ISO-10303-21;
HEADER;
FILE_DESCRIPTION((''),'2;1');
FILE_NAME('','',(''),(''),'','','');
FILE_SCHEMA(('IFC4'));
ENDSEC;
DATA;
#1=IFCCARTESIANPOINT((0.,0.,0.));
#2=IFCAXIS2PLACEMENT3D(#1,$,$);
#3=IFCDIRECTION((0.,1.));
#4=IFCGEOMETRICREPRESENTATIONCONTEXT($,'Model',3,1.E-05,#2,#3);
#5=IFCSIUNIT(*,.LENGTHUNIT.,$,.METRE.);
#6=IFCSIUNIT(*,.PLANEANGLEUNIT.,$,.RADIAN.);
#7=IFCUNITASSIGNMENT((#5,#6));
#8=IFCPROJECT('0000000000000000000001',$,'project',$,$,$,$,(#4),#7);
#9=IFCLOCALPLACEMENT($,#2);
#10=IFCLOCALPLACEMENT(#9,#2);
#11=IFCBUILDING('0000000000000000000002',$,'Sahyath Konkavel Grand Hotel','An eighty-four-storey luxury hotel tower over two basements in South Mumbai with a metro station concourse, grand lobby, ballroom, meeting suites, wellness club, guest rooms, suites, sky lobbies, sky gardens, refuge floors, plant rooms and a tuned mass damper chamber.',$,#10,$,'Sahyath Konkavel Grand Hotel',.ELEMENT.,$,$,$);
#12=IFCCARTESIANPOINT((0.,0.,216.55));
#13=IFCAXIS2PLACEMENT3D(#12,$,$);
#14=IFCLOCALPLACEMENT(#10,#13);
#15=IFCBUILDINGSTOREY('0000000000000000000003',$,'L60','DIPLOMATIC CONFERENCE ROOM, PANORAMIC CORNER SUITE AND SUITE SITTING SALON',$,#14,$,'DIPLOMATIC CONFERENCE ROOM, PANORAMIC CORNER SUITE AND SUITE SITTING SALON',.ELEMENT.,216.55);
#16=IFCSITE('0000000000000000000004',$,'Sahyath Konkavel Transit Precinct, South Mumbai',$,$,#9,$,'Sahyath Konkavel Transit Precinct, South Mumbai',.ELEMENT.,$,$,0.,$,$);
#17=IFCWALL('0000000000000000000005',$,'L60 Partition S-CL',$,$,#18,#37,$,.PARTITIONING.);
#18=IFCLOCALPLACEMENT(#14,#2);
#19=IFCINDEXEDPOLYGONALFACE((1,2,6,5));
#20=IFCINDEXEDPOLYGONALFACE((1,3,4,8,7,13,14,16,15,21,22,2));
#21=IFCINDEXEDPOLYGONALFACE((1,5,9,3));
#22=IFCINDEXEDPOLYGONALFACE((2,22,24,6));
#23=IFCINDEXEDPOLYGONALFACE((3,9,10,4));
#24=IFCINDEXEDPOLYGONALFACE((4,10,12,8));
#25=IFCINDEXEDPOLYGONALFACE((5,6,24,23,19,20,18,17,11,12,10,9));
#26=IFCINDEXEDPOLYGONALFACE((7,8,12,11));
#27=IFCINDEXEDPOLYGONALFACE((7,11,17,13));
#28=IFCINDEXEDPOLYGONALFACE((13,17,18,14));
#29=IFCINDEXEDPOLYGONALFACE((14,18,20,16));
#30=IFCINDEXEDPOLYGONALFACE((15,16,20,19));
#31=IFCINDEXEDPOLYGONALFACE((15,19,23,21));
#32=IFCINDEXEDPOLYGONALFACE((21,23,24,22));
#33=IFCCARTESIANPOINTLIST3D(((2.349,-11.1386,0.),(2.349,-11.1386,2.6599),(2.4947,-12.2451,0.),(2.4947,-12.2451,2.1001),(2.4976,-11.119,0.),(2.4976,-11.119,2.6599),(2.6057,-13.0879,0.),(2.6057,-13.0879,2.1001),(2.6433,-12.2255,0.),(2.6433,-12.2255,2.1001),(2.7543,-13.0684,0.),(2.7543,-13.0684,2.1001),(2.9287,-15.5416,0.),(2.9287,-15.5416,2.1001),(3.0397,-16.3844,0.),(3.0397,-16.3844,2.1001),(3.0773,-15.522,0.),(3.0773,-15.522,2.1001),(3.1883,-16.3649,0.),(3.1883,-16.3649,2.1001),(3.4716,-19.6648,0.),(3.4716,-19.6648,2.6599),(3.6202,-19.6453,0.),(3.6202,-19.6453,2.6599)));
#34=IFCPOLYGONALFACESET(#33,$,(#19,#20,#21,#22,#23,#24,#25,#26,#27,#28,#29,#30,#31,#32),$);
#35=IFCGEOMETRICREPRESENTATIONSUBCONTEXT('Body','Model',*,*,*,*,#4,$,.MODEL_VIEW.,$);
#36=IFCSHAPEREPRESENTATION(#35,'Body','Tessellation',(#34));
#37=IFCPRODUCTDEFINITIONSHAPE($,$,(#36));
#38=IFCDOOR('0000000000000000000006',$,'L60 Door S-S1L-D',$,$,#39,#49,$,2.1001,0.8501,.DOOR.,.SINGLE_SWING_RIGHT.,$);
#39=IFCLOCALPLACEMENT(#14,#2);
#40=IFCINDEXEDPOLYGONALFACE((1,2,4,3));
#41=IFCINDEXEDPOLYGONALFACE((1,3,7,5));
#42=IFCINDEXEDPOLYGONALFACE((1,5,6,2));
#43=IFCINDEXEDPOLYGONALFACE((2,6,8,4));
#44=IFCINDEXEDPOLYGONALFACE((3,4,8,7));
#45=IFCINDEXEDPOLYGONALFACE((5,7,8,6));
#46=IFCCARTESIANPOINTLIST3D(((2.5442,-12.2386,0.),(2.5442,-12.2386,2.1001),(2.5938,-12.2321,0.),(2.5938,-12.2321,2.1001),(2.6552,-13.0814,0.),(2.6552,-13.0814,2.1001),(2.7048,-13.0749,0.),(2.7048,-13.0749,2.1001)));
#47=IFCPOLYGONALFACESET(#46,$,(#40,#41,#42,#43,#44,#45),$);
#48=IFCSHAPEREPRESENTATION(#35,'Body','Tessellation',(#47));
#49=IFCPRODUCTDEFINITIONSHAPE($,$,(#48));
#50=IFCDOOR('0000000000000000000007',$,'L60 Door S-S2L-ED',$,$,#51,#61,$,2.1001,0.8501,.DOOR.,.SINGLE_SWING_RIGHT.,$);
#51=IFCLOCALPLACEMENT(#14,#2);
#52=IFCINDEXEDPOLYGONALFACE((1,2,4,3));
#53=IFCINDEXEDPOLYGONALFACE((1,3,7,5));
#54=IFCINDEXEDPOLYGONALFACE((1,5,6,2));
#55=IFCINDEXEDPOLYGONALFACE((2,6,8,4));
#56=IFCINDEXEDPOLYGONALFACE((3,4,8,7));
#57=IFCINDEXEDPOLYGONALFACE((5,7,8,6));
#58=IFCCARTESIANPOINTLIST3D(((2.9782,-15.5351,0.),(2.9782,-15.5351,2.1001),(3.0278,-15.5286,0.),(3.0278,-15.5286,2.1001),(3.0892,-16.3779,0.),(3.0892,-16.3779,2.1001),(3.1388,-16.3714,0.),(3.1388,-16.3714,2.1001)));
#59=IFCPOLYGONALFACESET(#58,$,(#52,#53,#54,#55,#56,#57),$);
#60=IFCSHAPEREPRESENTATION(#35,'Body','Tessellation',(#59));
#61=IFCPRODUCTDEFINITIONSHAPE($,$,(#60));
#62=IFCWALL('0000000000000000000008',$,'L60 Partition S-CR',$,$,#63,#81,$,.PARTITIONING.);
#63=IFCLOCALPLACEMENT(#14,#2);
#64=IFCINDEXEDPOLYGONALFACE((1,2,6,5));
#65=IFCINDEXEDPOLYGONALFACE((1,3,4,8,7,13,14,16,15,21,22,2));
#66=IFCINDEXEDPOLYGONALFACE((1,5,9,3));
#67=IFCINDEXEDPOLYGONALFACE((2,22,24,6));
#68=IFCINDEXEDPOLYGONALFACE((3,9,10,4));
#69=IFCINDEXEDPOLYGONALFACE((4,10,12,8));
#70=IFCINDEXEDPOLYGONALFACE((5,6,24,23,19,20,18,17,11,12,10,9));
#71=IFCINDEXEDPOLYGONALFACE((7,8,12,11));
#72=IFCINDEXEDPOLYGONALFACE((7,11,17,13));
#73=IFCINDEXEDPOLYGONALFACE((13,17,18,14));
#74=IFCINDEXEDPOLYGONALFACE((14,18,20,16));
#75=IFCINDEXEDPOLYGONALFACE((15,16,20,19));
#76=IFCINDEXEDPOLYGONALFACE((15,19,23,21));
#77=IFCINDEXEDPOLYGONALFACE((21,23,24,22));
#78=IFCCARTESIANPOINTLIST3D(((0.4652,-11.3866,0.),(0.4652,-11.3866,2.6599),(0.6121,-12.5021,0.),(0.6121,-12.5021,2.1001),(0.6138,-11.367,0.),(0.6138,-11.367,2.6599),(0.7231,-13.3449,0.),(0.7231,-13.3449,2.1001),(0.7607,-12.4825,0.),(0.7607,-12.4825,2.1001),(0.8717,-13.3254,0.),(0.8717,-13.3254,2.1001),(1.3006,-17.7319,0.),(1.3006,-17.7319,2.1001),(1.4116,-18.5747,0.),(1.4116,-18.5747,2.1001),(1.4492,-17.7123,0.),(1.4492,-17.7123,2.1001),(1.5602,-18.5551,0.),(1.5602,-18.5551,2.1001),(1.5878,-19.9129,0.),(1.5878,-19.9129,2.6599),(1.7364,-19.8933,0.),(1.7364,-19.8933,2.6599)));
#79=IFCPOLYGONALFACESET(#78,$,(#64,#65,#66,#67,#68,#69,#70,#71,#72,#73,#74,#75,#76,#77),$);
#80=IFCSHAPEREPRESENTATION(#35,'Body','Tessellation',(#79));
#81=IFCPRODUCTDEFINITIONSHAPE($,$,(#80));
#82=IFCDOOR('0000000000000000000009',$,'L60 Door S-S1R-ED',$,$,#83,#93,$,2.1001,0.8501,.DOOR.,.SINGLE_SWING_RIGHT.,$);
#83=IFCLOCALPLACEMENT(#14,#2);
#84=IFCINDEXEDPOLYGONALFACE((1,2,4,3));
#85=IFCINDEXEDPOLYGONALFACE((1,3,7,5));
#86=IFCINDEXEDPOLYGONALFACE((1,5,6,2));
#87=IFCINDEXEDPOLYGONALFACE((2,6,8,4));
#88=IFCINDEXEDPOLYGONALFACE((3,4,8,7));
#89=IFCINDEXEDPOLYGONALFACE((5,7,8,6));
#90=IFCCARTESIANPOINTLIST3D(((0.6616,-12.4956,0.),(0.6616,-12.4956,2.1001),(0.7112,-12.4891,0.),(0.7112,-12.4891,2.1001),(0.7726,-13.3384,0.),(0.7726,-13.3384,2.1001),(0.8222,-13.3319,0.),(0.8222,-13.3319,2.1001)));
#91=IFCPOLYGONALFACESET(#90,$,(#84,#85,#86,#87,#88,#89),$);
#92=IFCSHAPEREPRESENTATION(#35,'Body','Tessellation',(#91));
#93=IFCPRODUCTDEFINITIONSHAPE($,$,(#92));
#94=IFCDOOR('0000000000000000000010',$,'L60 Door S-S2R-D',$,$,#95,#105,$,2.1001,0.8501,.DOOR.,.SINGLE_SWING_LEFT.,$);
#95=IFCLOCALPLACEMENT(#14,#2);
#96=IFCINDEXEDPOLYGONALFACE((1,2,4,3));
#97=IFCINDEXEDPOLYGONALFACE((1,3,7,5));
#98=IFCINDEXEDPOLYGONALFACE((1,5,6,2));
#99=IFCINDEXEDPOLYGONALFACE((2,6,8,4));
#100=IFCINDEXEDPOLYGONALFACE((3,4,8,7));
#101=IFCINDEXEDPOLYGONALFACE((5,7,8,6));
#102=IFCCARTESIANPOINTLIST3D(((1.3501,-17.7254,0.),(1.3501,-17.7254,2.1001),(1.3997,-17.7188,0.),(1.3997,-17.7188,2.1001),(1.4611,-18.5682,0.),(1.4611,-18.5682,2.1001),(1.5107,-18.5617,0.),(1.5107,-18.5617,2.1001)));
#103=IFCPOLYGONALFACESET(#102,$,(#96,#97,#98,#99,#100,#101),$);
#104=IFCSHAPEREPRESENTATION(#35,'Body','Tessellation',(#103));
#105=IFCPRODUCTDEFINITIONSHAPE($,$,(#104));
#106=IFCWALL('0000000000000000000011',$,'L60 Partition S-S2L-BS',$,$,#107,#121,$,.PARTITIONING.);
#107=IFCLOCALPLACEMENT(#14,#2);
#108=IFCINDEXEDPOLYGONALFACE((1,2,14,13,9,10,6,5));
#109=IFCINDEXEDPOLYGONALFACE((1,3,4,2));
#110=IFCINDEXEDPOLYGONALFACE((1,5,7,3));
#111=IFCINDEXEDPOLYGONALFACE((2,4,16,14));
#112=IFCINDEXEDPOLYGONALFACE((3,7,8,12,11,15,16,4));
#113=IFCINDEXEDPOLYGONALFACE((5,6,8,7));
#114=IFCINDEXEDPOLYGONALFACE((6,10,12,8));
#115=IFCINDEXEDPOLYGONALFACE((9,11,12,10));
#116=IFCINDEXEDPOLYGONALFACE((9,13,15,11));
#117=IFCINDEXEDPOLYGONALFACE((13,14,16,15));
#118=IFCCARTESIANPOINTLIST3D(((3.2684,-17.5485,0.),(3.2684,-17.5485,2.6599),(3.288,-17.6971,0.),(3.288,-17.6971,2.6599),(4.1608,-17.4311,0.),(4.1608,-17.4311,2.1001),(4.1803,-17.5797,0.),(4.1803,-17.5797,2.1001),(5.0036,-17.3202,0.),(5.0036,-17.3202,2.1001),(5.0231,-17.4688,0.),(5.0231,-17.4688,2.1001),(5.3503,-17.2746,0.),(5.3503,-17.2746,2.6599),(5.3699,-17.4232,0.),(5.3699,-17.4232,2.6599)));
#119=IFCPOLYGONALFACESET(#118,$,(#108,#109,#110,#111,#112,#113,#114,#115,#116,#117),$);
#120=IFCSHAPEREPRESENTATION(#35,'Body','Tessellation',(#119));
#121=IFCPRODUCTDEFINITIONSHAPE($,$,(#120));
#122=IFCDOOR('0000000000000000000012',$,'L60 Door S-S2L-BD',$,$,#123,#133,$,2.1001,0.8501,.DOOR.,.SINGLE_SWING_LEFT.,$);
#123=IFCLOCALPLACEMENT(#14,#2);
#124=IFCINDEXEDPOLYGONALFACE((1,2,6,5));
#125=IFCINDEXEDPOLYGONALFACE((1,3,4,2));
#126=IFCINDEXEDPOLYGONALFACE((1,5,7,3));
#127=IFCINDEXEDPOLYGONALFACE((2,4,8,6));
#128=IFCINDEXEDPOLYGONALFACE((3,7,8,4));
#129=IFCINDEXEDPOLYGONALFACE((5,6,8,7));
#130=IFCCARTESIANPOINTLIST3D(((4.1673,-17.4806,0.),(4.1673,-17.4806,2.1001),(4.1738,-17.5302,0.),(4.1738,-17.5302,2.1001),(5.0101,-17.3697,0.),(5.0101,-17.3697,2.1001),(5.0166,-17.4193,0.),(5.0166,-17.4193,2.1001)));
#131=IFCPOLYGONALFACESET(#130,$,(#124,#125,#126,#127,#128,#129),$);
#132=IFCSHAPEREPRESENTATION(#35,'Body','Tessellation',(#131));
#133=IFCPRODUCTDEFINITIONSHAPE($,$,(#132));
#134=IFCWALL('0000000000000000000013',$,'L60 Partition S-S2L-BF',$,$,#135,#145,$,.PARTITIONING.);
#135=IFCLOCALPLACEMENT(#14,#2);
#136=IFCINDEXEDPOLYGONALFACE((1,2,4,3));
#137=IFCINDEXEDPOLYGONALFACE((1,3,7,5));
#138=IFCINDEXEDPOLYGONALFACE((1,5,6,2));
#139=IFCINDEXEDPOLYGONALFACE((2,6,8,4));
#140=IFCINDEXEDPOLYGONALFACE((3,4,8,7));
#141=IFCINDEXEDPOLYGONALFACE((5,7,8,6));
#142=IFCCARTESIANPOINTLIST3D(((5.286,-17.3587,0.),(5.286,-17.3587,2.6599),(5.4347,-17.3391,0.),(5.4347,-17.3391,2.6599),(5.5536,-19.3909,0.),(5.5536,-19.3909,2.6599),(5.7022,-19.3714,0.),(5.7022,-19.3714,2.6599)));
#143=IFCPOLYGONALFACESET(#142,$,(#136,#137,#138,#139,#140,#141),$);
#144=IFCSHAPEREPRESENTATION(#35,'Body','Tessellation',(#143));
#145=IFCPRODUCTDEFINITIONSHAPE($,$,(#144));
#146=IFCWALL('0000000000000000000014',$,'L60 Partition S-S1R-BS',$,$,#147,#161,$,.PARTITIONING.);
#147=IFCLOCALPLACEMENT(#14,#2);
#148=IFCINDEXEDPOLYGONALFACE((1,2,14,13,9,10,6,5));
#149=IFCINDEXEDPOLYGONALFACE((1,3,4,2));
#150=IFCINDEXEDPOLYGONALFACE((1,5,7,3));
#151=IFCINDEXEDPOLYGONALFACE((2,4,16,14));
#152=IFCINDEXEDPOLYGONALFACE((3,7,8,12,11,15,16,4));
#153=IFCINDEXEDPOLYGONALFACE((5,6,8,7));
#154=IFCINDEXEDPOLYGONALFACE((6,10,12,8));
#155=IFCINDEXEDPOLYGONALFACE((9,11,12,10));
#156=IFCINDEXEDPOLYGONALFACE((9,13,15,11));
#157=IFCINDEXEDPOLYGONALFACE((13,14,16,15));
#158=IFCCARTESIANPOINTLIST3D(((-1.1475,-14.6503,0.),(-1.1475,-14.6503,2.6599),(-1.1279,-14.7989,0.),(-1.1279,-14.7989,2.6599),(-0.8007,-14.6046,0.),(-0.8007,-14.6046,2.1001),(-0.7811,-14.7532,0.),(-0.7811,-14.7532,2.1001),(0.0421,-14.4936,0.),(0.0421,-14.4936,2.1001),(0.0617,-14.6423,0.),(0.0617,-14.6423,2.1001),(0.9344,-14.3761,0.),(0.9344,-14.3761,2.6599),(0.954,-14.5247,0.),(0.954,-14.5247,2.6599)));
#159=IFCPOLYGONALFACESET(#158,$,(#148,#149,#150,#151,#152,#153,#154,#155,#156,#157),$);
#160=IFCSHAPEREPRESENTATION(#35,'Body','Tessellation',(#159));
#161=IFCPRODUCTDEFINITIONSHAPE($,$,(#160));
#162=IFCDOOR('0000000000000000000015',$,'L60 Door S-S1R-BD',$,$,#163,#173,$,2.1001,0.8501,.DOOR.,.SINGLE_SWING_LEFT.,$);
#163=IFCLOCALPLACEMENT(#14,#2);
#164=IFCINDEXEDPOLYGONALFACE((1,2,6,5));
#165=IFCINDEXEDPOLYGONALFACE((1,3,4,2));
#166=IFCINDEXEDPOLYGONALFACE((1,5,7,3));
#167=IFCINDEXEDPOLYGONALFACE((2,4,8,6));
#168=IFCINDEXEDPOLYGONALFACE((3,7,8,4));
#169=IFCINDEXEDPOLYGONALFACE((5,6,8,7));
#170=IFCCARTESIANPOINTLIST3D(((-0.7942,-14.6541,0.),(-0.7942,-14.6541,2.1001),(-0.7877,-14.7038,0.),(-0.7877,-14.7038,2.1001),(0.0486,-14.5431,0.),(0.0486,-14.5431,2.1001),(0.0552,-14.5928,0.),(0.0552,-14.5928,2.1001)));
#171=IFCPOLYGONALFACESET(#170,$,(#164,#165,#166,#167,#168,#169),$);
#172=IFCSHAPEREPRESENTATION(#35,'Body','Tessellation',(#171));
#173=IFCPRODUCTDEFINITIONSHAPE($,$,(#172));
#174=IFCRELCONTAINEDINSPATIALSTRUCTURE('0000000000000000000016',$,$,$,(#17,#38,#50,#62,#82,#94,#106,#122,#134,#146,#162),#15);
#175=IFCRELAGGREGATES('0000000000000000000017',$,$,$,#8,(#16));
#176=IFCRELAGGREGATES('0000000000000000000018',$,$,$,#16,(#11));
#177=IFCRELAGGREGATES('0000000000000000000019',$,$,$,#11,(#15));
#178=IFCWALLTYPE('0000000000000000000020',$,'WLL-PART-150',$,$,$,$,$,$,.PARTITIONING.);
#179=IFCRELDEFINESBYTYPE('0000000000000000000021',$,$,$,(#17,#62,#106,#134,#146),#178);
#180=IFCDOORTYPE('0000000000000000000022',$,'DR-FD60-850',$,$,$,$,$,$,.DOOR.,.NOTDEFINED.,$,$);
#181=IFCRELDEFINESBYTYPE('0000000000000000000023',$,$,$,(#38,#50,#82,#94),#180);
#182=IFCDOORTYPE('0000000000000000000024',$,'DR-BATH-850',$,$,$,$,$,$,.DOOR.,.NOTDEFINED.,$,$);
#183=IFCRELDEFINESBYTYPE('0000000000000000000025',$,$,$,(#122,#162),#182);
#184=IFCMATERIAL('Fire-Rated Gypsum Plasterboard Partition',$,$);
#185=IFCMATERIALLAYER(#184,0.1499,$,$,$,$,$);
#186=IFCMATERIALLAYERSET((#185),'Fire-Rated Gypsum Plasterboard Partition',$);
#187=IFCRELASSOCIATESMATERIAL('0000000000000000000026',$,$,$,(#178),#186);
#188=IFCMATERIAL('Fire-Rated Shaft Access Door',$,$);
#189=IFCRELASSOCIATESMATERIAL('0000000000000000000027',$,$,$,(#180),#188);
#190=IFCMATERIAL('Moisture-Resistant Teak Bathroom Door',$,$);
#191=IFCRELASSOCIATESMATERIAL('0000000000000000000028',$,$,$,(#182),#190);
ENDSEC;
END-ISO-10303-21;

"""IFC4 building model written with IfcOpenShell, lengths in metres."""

from ifc_helpers import new_model, si_unit, direction, frame, frame_2d, origin, origin_2d, place, context, subcontext, project, spatial, rectangle, extrude, source, transform, mapped, material, layer, layer_set, type_object, element, fill, save


model = new_model("IFC4")

# Units and contexts
model_context = context("Model", 3, precision=1e-05, world=origin(), true_north=direction((0.0, 1.0)))
body_context = subcontext(model_context, "Body", "Model", "MODEL_VIEW")
ifc_project = project(units=[si_unit("LENGTHUNIT", "METRE"), si_unit("PLANEANGLEUNIT", "RADIAN")], contexts=[model_context])

# Site, building, storey
site_placement = place(None, origin())
site = spatial("IfcSite", under=ifc_project, at=site_placement, Name="Sahyath Konkavel Transit Precinct, South Mumbai", LongName="Sahyath Konkavel Transit Precinct, South Mumbai", CompositionType="ELEMENT", RefElevation=0.0)
building_placement = place(site_placement, origin())
building = spatial("IfcBuilding", under=site, at=building_placement, Name="Sahyath Konkavel Grand Hotel", Description="An eighty-four-storey luxury hotel tower over two basements in South Mumbai with a metro station concourse, grand lobby, ballroom, meeting suites, wellness club, guest rooms, suites, sky lobbies, sky gardens, refuge floors, plant rooms and a tuned mass damper chamber.", LongName="Sahyath Konkavel Grand Hotel", CompositionType="ELEMENT")
storey_placement = place(building_placement, frame((0.0, 0.0, 216.55)))
storey = spatial("IfcBuildingStorey", under=building, at=storey_placement, Name="L60", Description="DIPLOMATIC CONFERENCE ROOM, PANORAMIC CORNER SUITE AND SUITE SITTING SALON", LongName="DIPLOMATIC CONFERENCE ROOM, PANORAMIC CORNER SUITE AND SUITE SITTING SALON", CompositionType="ELEMENT", Elevation=216.55)

# Walls, openings, doors
ifc_material_1 = material(Name="Fire-Rated Gypsum Plasterboard Partition")
ifc_layer_1 = layer(ifc_material_1, 0.1499)
ifc_layer_set_1 = layer_set([ifc_layer_1], Name="Fire-Rated Gypsum Plasterboard Partition")
wall_type_1 = type_object("IfcWallType", Name="WLL-PART-150", PredefinedType="PARTITIONING", material=ifc_layer_set_1)
wall_1_placement = place(storey_placement, frame((2.4233, -11.1289, 0.0), z_axis=(0.0, 0.0, 1.0), x_axis=(0.130531, -0.991444, 0.0)))
wall_1 = element("IfcWall", 1, at=wall_1_placement, inside=storey, type_object=wall_type_1, Name="L60 Partition S-CL", PredefinedType="PARTITIONING", context=body_context, shape_type="SweptSolid", body=[
    extrude(rectangle(XDim=8.5999, YDim=0.1499, at=frame_2d((4.2998, 0.0))), origin(), (0.0, 0.0, 1.0), 2.6599),
])
opening_1_placement = place(wall_1_placement, frame((1.116, 0.0, 0.0)))
opening_1 = element("IfcOpeningElement", 2, at=opening_1_placement, cuts=wall_1, PredefinedType="OPENING", context=body_context, shape_type="SweptSolid", body=[
    extrude(rectangle(XDim=0.8501, YDim=2.1001, at=frame_2d((0.425, 1.05))), frame((0.0, 0.085, 0.0), z_axis=(0.0, -1.0, 0.0), x_axis=(1.0, 0.0, 0.0)), (0.0, 0.0, 1.0), 0.1699),
])
opening_2_placement = place(wall_1_placement, frame((4.4409, 0.0, 0.0)))
opening_2 = element("IfcOpeningElement", 3, at=opening_2_placement, cuts=wall_1, PredefinedType="OPENING", context=body_context, shape_type="SweptSolid", body=[
    extrude(rectangle(XDim=0.8501, YDim=2.1001, at=frame_2d((0.425, 1.05))), frame((0.0, 0.085, 0.0), z_axis=(0.0, -1.0, 0.0), x_axis=(1.0, 0.0, 0.0)), (0.0, 0.0, 1.0), 0.1699),
])
ifc_material_2 = material(Name="Fire-Rated Shaft Access Door")
door_type_1 = type_object("IfcDoorType", Name="DR-FD60-850", OperationType="NOTDEFINED", PredefinedType="DOOR", material=ifc_material_2)
shared_shape_1 = source(origin(), body_context, "Body", "SweptSolid", [
    extrude(rectangle(XDim=0.8501, YDim=0.05, at=origin_2d()), origin(), (0.0, 0.0, 1.0), 2.1001),
])
door_1_placement = place(opening_1_placement, frame((0.425, 0.0, 0.0)))
door_1 = element("IfcDoor", 4, at=door_1_placement, inside=storey, type_object=door_type_1, Name="L60 Door S-S1L-D", OperationType="SINGLE_SWING_RIGHT", OverallHeight=2.1001, OverallWidth=0.8501, PredefinedType="DOOR", context=body_context, shape_type="MappedRepresentation", body=[
    mapped(shared_shape_1, transform((0.0, 0.0, 0.0), scale=1.0)),
])
fill(opening_1, door_1)
door_2_placement = place(opening_2_placement, frame((0.425, 0.0, 0.0)))
door_2 = element("IfcDoor", 5, at=door_2_placement, inside=storey, type_object=door_type_1, Name="L60 Door S-S2L-ED", OperationType="SINGLE_SWING_RIGHT", OverallHeight=2.1001, OverallWidth=0.8501, PredefinedType="DOOR", context=body_context, shape_type="MappedRepresentation", body=[
    mapped(shared_shape_1, transform((0.0, 0.0, 0.0), scale=1.0)),
])
fill(opening_2, door_2)
wall_2_placement = place(storey_placement, frame((0.5396, -11.377, 0.0), z_axis=(0.0, 0.0, 1.0), x_axis=(0.130531, -0.991444, 0.0)))
wall_2 = element("IfcWall", 6, at=wall_2_placement, inside=storey, type_object=wall_type_1, Name="L60 Partition S-CR", PredefinedType="PARTITIONING", context=body_context, shape_type="SweptSolid", body=[
    extrude(rectangle(XDim=8.5999, YDim=0.1499, at=frame_2d((4.2998, 0.0))), origin(), (0.0, 0.0, 1.0), 2.6599),
])
opening_3_placement = place(wall_2_placement, frame((1.125, 0.0, 0.0)))
opening_3 = element("IfcOpeningElement", 7, at=opening_3_placement, cuts=wall_2, PredefinedType="OPENING", context=body_context, shape_type="SweptSolid", body=[
    extrude(rectangle(XDim=0.8501, YDim=2.1001, at=frame_2d((0.425, 1.05))), frame((0.0, 0.085, 0.0), z_axis=(0.0, -1.0, 0.0), x_axis=(1.0, 0.0, 0.0)), (0.0, 0.0, 1.0), 0.1699),
])
opening_4_placement = place(wall_2_placement, frame((6.3999, 0.0, 0.0)))
opening_4 = element("IfcOpeningElement", 8, at=opening_4_placement, cuts=wall_2, PredefinedType="OPENING", context=body_context, shape_type="SweptSolid", body=[
    extrude(rectangle(XDim=0.8501, YDim=2.1001, at=frame_2d((0.425, 1.05))), frame((0.0, 0.085, 0.0), z_axis=(0.0, -1.0, 0.0), x_axis=(1.0, 0.0, 0.0)), (0.0, 0.0, 1.0), 0.1699),
])
door_3_placement = place(opening_3_placement, frame((0.425, 0.0, 0.0)))
door_3 = element("IfcDoor", 9, at=door_3_placement, inside=storey, type_object=door_type_1, Name="L60 Door S-S1R-ED", OperationType="SINGLE_SWING_RIGHT", OverallHeight=2.1001, OverallWidth=0.8501, PredefinedType="DOOR", context=body_context, shape_type="MappedRepresentation", body=[
    mapped(shared_shape_1, transform((0.0, 0.0, 0.0), scale=1.0)),
])
fill(opening_3, door_3)
door_4_placement = place(opening_4_placement, frame((0.425, 0.0, 0.0)))
door_4 = element("IfcDoor", 10, at=door_4_placement, inside=storey, type_object=door_type_1, Name="L60 Door S-S2R-D", OperationType="SINGLE_SWING_LEFT", OverallHeight=2.1001, OverallWidth=0.8501, PredefinedType="DOOR", context=body_context, shape_type="MappedRepresentation", body=[
    mapped(shared_shape_1, transform((0.0, 0.0, 0.0), scale=1.0)),
])
fill(opening_4, door_4)

# Wall, opening, door
wall_3_placement = place(storey_placement, frame((3.2783, -17.6228, 0.0), z_axis=(0.0, 0.0, 1.0), x_axis=(0.991456, 0.130442, 0.0)))
wall_3 = element("IfcWall", 11, at=wall_3_placement, inside=storey, type_object=wall_type_1, Name="L60 Partition S-S2L-BS", PredefinedType="PARTITIONING", context=body_context, shape_type="SweptSolid", body=[
    extrude(rectangle(XDim=2.0999, YDim=0.1499, at=frame_2d((1.0498, 0.0))), origin(), (0.0, 0.0, 1.0), 2.6599),
])
opening_5_placement = place(wall_3_placement, frame((0.8999, 0.0, 0.0)))
opening_5 = element("IfcOpeningElement", 12, at=opening_5_placement, cuts=wall_3, PredefinedType="OPENING", context=body_context, shape_type="SweptSolid", body=[
    extrude(rectangle(XDim=0.8501, YDim=2.1001, at=frame_2d((0.425, 1.05))), frame((0.0, 0.085, 0.0), z_axis=(0.0, -1.0, 0.0), x_axis=(1.0, 0.0, 0.0)), (0.0, 0.0, 1.0), 0.1699),
])
ifc_material_3 = material(Name="Moisture-Resistant Teak Bathroom Door")
door_type_2 = type_object("IfcDoorType", Name="DR-BATH-850", OperationType="NOTDEFINED", PredefinedType="DOOR", material=ifc_material_3)
door_5_placement = place(opening_5_placement, frame((0.425, 0.0, 0.0)))
door_5 = element("IfcDoor", 13, at=door_5_placement, inside=storey, type_object=door_type_2, Name="L60 Door S-S2L-BD", OperationType="SINGLE_SWING_LEFT", OverallHeight=2.1001, OverallWidth=0.8501, PredefinedType="DOOR", context=body_context, shape_type="MappedRepresentation", body=[
    mapped(shared_shape_1, transform((0.0, 0.0, 0.0), scale=1.0)),
])
fill(opening_5, door_5)

# Wall
wall_4_placement = place(storey_placement, frame((5.3604, -17.3489, 0.0), z_axis=(0.0, 0.0, 1.0), x_axis=(0.130541, -0.991443, 0.0)))
element("IfcWall", 14, at=wall_4_placement, inside=storey, type_object=wall_type_1, Name="L60 Partition S-S2L-BF", PredefinedType="PARTITIONING", context=body_context, shape_type="SweptSolid", body=[
    extrude(rectangle(XDim=2.0498, YDim=0.1499, at=frame_2d((1.0249, 0.0))), origin(), (0.0, 0.0, 1.0), 2.6599),
])

# Wall, opening, door
wall_5_placement = place(storey_placement, frame((0.9441, -14.4504, 0.0), z_axis=(0.0, 0.0, 1.0), x_axis=(-0.991439, -0.130572, 0.0)))
wall_5 = element("IfcWall", 15, at=wall_5_placement, inside=storey, type_object=wall_type_1, Name="L60 Partition S-S1R-BS", PredefinedType="PARTITIONING", context=body_context, shape_type="SweptSolid", body=[
    extrude(rectangle(XDim=2.0999, YDim=0.1499, at=frame_2d((1.0498, 0.0))), origin(), (0.0, 0.0, 1.0), 2.6599),
])
opening_6_placement = place(wall_5_placement, frame((0.8999, 0.0, 0.0)))
opening_6 = element("IfcOpeningElement", 16, at=opening_6_placement, cuts=wall_5, PredefinedType="OPENING", context=body_context, shape_type="SweptSolid", body=[
    extrude(rectangle(XDim=0.8501, YDim=2.1001, at=frame_2d((0.425, 1.05))), frame((0.0, 0.085, 0.0), z_axis=(0.0, -1.0, 0.0), x_axis=(1.0, 0.0, 0.0)), (0.0, 0.0, 1.0), 0.1699),
])
door_6_placement = place(opening_6_placement, frame((0.425, 0.0, 0.0)))
door_6 = element("IfcDoor", 17, at=door_6_placement, inside=storey, type_object=door_type_2, Name="L60 Door S-S1R-BD", OperationType="SINGLE_SWING_LEFT", OverallHeight=2.1001, OverallWidth=0.8501, PredefinedType="DOOR", context=body_context, shape_type="MappedRepresentation", body=[
    mapped(shared_shape_1, transform((0.0, 0.0, 0.0), scale=1.0)),
])
fill(opening_6, door_6)

save(model, "model.ifc")
